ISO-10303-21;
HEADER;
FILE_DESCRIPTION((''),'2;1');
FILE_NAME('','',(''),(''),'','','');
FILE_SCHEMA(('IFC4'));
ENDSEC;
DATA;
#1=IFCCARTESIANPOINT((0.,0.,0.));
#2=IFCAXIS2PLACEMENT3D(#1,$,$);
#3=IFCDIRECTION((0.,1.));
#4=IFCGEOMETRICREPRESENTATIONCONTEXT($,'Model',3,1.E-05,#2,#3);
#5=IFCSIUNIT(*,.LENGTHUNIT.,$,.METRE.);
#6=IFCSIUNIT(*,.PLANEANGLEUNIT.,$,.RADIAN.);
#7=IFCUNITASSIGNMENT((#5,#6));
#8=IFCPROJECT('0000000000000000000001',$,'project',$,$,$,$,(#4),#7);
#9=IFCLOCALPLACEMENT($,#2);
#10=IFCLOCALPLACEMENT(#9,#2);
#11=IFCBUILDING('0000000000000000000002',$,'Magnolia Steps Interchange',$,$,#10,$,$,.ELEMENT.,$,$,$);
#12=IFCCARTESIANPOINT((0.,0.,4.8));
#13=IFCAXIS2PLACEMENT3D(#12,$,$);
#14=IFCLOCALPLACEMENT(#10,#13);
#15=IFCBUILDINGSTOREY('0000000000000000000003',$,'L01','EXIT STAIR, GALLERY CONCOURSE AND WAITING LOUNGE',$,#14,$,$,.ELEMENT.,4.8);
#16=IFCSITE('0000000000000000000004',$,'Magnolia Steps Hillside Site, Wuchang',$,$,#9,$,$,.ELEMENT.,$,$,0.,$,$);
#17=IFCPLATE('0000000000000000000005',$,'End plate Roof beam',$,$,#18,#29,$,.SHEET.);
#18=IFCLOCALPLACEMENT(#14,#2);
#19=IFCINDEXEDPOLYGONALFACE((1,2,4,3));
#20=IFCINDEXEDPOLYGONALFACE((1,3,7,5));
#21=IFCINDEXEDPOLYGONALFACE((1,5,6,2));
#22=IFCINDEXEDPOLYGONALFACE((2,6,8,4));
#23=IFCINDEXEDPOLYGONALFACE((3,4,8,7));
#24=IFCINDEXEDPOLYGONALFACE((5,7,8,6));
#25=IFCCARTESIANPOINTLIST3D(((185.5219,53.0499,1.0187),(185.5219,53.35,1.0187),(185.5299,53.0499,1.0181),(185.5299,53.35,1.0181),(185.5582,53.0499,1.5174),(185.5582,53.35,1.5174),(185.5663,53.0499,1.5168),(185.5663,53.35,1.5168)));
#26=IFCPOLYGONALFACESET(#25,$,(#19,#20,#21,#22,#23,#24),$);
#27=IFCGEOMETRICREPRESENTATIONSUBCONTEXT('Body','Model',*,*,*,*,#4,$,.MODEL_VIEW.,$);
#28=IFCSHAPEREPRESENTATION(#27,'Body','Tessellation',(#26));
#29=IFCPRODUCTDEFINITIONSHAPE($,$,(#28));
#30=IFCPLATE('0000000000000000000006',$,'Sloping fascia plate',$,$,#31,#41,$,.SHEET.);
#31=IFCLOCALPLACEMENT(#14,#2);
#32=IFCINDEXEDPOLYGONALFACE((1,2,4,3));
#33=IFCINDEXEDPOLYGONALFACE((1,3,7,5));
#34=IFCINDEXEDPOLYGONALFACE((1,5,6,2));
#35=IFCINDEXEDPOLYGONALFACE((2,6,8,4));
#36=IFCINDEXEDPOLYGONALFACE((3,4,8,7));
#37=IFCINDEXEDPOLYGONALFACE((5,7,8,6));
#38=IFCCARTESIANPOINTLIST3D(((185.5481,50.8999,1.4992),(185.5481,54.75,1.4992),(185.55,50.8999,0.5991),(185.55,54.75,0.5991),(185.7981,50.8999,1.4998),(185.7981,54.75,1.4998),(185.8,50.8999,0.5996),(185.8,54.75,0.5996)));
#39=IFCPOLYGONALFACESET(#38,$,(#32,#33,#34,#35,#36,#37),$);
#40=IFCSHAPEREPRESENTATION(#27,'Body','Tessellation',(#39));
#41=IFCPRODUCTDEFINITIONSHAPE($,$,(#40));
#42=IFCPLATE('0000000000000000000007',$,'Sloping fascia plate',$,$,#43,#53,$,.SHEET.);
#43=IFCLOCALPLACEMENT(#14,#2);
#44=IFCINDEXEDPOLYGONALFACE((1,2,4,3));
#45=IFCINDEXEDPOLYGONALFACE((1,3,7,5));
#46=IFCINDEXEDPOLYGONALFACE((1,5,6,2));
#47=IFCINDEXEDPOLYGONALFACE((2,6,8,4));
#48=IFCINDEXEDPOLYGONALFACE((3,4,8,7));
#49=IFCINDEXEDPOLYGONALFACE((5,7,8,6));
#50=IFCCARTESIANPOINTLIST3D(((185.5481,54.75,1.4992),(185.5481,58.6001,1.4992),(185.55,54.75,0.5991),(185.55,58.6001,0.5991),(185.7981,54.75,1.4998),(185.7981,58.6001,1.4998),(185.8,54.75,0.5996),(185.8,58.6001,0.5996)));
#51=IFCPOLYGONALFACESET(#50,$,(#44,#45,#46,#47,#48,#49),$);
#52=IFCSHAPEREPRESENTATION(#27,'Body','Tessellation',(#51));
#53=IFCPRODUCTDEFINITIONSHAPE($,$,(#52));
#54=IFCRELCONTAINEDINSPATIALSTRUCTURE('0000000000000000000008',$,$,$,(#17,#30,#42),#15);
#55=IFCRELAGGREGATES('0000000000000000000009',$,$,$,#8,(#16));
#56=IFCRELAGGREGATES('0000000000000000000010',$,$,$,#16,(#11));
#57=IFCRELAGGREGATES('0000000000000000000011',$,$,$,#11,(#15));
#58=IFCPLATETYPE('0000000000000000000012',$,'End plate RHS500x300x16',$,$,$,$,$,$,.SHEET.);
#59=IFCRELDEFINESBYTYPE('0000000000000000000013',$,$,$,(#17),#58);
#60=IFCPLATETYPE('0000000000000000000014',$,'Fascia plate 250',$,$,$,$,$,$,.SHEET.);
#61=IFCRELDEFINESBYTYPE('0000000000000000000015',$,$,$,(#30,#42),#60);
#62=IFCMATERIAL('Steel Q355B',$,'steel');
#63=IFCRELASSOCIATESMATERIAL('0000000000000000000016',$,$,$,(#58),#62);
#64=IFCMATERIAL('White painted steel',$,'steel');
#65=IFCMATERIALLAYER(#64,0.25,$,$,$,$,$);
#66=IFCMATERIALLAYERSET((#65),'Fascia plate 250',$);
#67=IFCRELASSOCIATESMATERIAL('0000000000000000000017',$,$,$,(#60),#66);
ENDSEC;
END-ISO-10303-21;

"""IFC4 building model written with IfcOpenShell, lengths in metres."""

from ifc_helpers import new_model, si_unit, direction, frame, origin, origin_2d, place, context, subcontext, project, spatial, polyline, rectangle, outline, extrude, material, layer, layer_set, material_profile, profile_set, type_object, element, save


model = new_model("IFC4")

# Units and contexts
model_context = context("Model", 3, precision=1e-05, world=origin(), true_north=direction((0.0, 1.0)))
body_context = subcontext(model_context, "Body", "Model", "MODEL_VIEW")
ifc_project = project(units=[si_unit("LENGTHUNIT", "METRE"), si_unit("PLANEANGLEUNIT", "RADIAN")], contexts=[model_context])

# Site, building, storey
site_placement = place(None, origin())
site = spatial("IfcSite", under=ifc_project, at=site_placement, Name="Magnolia Steps Hillside Site, Wuchang", CompositionType="ELEMENT", RefElevation=0.0)
building_placement = place(site_placement, origin())
building = spatial("IfcBuilding", under=site, at=building_placement, Name="Magnolia Steps Interchange", CompositionType="ELEMENT")
storey_placement = place(building_placement, frame((0.0, 0.0, 4.8)))
storey = spatial("IfcBuildingStorey", under=building, at=storey_placement, Name="L01", Description="EXIT STAIR, GALLERY CONCOURSE AND WAITING LOUNGE", CompositionType="ELEMENT", Elevation=4.8)

# Plates
ifc_material_1 = material(Name="Steel Q355B", Category="steel")
ifc_material_profile_1 = material_profile(ifc_material_1, rectangle(XDim=0.3, YDim=0.5, at=origin_2d()), Name="End plate RHS500x300x16")
ifc_profile_set_1 = profile_set([ifc_material_profile_1], Name="Steel Q355B")
plate_type_1 = type_object("IfcPlateType", Name="End plate RHS500x300x16", PredefinedType="SHEET", material=ifc_profile_set_1)
plate_placement = place(storey_placement, frame((185.54, 53.2, 1.2681), z_axis=(0.997352, 0.0, -0.072727), x_axis=(0.0, 1.0, 0.0)))
element("IfcPlate", 1, at=plate_placement, inside=storey, type_object=plate_type_1, Name="End plate Roof beam", PredefinedType="SHEET", context=body_context, shape_type="SweptSolid", body=[
    extrude(rectangle(XDim=0.3, YDim=0.5, at=origin_2d()), origin(), (0.0, 0.0, 1.0), 0.0081),
])
ifc_material_2 = material(Name="White painted steel", Category="steel")
ifc_layer_1 = layer(ifc_material_2, 0.25)
ifc_layer_set_1 = layer_set([ifc_layer_1], Name="Fascia plate 250")
plate_type_2 = type_object("IfcPlateType", Name="Fascia plate 250", PredefinedType="SHEET", material=ifc_layer_set_1)
for number, where, z_axis, x_axis, name in (
    (2, (185.8, 50.8999, 0.5996), (0.999998, 0.0, 0.00217), (0.0, 1.0, 0.0), "Sloping fascia plate"),
    (3, (185.8, 54.75, 0.5996), (0.999998, 0.0, 0.00217), (0.0, 1.0, 0.0), "Sloping fascia plate"),
):
    element("IfcPlate", number, at=place(storey_placement, frame(where, z_axis=z_axis, x_axis=x_axis)), inside=storey, type_object=plate_type_2, Name=name, PredefinedType="SHEET", context=body_context, shape_type="SweptSolid", body=[
        extrude(outline(polyline([(0.0, 0.0), (3.8501, 0.0), (3.8501, 0.9001), (0.0, 0.9001), (0.0, 0.0)])), origin(), (0.0, 0.0, -1.0), 0.25),
    ])

save(model, "model.ifc")
